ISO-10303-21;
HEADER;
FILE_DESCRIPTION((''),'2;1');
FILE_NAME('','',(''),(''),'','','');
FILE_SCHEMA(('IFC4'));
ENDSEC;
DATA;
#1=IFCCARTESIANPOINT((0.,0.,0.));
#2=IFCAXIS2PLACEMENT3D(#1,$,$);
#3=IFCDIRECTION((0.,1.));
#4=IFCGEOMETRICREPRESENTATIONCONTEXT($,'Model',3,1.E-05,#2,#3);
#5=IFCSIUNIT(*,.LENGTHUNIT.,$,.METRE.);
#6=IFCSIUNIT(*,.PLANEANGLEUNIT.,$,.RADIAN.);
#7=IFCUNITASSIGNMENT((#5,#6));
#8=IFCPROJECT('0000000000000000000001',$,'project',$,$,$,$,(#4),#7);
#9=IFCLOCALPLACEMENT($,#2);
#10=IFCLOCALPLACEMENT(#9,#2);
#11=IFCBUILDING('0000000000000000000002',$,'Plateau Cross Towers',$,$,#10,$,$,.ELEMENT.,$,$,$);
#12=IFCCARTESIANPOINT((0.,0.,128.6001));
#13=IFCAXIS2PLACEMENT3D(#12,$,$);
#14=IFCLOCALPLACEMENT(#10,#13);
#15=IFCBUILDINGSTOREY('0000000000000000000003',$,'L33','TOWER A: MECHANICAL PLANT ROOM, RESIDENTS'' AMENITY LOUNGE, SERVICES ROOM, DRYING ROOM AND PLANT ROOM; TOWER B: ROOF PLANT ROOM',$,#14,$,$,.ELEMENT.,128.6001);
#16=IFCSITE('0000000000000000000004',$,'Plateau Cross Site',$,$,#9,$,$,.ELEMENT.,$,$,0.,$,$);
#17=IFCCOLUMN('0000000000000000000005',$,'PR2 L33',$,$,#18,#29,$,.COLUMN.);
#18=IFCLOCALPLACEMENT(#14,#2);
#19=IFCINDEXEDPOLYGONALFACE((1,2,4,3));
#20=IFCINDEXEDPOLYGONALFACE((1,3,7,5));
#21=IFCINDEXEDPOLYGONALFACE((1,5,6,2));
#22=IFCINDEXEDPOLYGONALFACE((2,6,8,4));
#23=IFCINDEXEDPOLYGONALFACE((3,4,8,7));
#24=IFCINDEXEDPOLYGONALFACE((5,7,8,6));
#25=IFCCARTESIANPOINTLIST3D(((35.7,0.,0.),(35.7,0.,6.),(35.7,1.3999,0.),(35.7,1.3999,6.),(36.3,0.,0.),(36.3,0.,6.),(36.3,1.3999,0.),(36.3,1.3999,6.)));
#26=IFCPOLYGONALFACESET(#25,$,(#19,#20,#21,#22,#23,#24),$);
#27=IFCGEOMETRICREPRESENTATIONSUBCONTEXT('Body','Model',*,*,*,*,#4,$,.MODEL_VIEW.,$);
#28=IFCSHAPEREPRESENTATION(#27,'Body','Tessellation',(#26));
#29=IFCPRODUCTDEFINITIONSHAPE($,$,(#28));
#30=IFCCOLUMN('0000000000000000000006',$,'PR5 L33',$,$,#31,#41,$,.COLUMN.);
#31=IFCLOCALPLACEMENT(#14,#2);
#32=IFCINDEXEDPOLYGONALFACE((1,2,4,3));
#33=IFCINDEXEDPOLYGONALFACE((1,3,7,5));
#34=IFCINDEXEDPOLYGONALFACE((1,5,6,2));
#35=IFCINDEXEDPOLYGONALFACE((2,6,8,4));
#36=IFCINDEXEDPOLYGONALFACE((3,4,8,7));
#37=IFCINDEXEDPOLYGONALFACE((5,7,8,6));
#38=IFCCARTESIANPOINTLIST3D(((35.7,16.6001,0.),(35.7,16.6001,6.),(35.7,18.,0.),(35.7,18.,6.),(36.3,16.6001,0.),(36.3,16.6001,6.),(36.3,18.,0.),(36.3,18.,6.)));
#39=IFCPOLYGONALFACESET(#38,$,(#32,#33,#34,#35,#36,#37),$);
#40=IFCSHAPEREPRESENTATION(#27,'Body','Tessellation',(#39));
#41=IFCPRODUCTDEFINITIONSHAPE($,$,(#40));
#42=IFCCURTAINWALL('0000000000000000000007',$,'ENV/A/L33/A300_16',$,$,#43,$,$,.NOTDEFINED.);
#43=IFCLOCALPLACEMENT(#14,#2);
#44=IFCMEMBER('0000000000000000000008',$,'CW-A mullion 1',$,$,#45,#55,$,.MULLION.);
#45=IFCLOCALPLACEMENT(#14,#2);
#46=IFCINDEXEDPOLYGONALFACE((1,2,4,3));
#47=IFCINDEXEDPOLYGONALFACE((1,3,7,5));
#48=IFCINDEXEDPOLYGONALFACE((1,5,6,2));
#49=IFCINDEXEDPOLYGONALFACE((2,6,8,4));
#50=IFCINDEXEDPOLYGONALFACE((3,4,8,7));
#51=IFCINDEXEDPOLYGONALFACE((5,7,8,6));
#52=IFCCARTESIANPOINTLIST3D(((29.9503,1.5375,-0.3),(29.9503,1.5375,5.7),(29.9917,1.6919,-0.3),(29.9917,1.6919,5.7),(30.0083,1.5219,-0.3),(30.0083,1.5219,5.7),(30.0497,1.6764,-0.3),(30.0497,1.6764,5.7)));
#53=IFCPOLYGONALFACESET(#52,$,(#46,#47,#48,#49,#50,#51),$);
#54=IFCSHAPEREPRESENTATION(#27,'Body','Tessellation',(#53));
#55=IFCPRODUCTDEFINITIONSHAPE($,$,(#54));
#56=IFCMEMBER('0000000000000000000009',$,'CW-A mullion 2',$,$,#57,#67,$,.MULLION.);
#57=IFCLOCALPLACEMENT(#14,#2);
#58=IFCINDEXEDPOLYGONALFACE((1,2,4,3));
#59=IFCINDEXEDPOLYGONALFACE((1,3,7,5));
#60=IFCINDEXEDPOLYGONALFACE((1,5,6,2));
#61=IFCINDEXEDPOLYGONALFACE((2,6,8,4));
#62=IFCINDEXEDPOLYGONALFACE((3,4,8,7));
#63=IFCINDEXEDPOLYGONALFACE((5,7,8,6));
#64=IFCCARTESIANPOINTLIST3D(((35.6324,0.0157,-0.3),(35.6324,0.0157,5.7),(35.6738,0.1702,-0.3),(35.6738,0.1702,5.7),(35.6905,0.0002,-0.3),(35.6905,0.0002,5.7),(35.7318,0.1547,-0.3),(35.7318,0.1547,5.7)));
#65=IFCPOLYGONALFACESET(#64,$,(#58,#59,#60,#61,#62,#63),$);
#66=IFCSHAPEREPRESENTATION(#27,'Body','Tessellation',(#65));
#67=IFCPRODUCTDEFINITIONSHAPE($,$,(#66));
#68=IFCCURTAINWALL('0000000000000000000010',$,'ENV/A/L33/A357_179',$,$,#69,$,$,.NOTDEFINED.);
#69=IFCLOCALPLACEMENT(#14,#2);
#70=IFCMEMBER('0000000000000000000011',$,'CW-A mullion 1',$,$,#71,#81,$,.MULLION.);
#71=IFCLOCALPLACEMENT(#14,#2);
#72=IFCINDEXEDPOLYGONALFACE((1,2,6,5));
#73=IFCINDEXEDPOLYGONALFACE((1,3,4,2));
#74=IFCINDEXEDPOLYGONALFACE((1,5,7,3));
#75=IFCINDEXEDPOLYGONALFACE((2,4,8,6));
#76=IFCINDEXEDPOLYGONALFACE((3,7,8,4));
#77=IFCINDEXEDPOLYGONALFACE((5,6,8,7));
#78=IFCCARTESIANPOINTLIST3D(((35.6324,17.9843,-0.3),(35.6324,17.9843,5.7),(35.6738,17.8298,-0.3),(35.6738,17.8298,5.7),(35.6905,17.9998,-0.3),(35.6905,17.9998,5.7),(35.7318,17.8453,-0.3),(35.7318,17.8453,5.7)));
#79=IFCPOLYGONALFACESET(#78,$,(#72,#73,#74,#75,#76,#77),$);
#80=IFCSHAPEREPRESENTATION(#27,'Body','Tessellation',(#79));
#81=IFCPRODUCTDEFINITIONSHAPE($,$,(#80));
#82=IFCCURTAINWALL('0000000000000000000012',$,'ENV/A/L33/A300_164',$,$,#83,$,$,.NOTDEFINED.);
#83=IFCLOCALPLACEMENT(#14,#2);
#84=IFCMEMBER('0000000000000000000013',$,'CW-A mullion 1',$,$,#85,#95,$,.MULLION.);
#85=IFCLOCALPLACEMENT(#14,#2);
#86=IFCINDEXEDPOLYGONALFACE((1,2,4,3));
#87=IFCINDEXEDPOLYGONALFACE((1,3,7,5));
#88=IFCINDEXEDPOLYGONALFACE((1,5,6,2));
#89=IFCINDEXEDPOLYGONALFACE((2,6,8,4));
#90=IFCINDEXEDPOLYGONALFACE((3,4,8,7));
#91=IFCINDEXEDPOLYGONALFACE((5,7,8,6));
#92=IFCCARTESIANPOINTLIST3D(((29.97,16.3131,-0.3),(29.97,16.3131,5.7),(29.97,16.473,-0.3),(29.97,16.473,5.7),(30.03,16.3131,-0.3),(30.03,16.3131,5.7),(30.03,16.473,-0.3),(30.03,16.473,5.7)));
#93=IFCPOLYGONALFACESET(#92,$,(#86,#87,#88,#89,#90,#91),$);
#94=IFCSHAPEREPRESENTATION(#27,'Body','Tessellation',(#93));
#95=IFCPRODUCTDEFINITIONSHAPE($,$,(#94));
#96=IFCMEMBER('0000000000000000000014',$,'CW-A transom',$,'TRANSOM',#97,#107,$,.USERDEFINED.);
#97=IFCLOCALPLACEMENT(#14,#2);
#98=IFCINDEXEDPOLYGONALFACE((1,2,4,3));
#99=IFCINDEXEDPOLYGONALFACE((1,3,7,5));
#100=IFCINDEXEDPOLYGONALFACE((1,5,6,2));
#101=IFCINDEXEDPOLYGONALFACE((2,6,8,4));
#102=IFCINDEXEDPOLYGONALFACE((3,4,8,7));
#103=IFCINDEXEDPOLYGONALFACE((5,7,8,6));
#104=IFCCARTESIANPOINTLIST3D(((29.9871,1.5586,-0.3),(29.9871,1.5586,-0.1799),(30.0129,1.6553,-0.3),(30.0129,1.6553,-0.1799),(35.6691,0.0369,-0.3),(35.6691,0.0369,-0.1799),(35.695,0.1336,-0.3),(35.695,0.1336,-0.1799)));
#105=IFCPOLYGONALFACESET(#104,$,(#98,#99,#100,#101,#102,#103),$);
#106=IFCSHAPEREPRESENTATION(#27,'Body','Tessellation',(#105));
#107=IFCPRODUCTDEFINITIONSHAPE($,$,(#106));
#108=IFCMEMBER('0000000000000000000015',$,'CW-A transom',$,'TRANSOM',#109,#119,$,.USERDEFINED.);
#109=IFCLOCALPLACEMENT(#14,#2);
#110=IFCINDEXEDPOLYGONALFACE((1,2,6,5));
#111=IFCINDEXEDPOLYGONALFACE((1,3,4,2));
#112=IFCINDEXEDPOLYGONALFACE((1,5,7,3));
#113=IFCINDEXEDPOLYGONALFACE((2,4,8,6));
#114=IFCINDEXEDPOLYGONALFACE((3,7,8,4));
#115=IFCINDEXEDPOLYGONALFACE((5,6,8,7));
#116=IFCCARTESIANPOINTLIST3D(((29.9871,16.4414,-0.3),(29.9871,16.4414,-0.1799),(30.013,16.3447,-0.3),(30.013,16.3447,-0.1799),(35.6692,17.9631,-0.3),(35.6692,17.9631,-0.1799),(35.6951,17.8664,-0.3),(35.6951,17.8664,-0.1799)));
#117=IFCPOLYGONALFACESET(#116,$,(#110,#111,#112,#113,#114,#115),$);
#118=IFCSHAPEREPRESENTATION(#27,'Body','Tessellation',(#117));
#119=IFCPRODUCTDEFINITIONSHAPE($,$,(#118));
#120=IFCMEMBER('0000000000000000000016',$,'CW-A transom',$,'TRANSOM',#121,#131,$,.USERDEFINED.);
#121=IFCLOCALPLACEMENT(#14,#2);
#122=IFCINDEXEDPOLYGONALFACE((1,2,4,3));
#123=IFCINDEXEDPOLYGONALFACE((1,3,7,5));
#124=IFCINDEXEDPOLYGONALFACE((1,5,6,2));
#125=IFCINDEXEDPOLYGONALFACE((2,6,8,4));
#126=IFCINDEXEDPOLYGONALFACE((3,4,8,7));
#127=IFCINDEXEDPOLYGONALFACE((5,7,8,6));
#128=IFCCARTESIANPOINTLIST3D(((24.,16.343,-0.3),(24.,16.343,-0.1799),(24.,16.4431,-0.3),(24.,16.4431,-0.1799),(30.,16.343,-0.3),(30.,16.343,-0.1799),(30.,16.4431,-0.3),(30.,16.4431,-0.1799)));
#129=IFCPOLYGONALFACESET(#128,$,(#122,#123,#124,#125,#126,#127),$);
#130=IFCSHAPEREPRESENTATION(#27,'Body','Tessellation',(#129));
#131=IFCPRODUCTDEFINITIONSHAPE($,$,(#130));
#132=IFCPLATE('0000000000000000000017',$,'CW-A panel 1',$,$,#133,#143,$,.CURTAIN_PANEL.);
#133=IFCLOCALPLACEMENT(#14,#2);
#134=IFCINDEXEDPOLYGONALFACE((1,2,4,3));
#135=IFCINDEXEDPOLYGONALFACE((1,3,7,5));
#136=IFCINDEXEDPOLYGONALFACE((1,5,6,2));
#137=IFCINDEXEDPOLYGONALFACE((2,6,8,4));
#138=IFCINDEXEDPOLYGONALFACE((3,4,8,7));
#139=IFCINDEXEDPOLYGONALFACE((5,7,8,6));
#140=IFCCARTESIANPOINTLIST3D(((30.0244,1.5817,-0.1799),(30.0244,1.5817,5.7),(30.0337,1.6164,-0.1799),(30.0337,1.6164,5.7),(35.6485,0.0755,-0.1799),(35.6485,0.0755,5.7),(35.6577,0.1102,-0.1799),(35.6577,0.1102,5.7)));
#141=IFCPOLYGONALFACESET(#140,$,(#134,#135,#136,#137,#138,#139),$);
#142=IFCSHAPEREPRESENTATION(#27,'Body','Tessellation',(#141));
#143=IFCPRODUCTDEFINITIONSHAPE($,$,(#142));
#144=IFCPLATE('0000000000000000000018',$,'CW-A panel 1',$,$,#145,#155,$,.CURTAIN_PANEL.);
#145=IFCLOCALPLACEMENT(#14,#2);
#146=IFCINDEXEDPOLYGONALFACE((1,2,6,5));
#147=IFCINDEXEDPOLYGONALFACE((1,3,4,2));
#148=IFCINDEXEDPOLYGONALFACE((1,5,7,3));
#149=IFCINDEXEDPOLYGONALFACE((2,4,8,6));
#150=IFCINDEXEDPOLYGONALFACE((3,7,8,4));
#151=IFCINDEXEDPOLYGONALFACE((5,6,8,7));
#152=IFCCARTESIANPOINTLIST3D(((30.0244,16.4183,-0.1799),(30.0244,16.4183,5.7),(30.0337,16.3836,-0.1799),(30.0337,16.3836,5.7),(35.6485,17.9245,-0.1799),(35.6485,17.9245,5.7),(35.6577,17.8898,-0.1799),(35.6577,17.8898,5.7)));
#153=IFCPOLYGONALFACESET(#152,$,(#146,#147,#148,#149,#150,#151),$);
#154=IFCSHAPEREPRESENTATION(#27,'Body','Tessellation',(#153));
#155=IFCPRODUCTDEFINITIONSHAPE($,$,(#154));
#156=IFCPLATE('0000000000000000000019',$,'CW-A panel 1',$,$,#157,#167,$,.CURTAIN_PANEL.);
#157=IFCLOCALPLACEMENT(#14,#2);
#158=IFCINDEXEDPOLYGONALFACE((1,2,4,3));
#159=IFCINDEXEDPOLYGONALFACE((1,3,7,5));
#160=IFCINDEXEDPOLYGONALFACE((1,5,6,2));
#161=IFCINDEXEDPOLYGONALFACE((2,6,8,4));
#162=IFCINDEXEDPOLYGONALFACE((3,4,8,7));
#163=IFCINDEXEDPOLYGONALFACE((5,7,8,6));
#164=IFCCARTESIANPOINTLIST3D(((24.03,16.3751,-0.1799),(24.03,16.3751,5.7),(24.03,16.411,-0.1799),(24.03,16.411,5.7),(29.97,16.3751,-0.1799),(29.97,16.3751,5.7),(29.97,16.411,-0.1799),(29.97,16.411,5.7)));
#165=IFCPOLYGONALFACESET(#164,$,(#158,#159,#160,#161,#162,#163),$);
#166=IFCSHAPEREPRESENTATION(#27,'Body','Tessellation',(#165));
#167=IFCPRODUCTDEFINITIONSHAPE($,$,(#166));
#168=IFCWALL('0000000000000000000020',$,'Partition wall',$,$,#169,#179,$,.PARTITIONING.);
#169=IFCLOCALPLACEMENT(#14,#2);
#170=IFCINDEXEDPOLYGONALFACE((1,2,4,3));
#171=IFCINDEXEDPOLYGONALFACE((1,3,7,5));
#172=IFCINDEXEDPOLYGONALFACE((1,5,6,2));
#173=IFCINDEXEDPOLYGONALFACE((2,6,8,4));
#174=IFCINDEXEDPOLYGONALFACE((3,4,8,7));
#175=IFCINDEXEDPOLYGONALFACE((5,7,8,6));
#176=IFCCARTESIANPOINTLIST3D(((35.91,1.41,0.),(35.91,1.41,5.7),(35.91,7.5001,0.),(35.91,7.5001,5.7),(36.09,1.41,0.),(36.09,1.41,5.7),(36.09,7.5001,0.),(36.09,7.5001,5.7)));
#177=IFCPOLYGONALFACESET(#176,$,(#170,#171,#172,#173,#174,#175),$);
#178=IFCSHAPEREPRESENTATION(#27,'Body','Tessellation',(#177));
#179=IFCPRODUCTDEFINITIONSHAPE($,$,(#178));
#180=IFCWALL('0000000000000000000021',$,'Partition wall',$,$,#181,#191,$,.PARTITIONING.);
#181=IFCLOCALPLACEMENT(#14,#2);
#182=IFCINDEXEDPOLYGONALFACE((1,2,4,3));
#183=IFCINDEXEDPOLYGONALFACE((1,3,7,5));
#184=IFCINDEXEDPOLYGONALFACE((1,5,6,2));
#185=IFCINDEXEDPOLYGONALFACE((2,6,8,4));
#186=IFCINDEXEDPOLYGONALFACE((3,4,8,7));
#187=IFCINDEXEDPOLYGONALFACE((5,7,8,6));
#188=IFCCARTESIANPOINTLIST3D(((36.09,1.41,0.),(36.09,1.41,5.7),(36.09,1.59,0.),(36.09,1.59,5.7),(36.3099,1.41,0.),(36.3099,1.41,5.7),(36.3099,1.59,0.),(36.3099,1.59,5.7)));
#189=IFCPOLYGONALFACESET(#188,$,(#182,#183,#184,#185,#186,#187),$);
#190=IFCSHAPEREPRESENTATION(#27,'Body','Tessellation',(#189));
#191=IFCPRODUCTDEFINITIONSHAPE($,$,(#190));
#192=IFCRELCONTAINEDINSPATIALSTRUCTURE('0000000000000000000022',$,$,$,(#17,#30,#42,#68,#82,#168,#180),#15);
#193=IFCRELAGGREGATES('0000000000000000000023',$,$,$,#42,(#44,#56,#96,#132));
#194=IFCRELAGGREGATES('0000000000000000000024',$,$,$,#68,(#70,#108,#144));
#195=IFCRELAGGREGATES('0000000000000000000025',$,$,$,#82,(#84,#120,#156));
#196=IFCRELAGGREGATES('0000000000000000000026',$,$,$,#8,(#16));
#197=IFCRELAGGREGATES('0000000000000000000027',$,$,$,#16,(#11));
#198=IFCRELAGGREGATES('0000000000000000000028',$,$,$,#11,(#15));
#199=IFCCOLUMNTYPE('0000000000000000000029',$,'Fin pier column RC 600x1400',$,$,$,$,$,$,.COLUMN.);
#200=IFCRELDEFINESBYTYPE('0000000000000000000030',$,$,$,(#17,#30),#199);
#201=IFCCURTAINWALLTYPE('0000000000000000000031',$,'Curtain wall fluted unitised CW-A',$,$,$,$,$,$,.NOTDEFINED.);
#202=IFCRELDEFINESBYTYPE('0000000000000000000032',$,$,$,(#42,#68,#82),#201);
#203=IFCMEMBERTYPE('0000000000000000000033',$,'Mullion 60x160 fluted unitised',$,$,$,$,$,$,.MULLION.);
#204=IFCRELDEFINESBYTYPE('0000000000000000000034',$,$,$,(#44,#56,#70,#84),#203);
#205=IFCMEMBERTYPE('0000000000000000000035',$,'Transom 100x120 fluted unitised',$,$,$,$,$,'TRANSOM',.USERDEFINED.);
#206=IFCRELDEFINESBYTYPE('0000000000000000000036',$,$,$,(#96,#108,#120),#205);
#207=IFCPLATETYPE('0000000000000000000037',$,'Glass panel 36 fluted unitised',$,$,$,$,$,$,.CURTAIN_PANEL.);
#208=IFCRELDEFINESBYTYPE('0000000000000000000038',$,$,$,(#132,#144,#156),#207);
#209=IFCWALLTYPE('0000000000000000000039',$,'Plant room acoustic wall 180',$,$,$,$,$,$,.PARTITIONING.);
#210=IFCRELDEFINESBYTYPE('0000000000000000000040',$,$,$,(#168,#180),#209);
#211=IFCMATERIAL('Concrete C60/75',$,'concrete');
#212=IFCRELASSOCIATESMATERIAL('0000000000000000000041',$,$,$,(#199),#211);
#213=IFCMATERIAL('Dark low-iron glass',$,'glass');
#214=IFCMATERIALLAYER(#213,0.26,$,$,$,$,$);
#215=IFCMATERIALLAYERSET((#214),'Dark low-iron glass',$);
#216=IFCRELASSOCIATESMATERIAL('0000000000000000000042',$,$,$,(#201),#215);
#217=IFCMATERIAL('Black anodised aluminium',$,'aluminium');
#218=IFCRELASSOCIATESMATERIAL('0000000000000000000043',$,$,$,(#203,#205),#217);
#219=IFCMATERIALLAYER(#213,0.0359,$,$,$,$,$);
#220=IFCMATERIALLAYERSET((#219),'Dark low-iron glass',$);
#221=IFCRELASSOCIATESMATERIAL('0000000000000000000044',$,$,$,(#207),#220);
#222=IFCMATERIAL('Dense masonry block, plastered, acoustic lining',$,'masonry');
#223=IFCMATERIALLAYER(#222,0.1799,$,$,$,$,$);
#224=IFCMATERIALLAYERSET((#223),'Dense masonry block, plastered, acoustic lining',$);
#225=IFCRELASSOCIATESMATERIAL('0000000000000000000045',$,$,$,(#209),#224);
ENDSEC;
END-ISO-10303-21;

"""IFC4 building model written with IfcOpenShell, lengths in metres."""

from ifc_helpers import new_model, si_unit, direction, frame, frame_2d, origin, origin_2d, place, context, subcontext, project, spatial, rectangle, extrude, material, layer, layer_set, material_profile, profile_set, type_object, element, aggregate, save


model = new_model("IFC4")

# Units and contexts
model_context = context("Model", 3, precision=1e-05, world=origin(), true_north=direction((0.0, 1.0)))
body_context = subcontext(model_context, "Body", "Model", "MODEL_VIEW")
ifc_project = project(units=[si_unit("LENGTHUNIT", "METRE"), si_unit("PLANEANGLEUNIT", "RADIAN")], contexts=[model_context])

# Site, building, storey
site_placement = place(None, origin())
site = spatial("IfcSite", under=ifc_project, at=site_placement, Name="Plateau Cross Site", CompositionType="ELEMENT", RefElevation=0.0)
building_placement = place(site_placement, origin())
building = spatial("IfcBuilding", under=site, at=building_placement, Name="Plateau Cross Towers", CompositionType="ELEMENT")
storey_placement = place(building_placement, frame((0.0, 0.0, 128.6001)))
storey = spatial("IfcBuildingStorey", under=building, at=storey_placement, Name="L33", Description="TOWER A: MECHANICAL PLANT ROOM, RESIDENTS' AMENITY LOUNGE, SERVICES ROOM, DRYING ROOM AND PLANT ROOM; TOWER B: ROOF PLANT ROOM", CompositionType="ELEMENT", Elevation=128.6001)

# Columns
ifc_material_1 = material(Name="Concrete C60/75", Category="concrete")
ifc_material_profile_1 = material_profile(ifc_material_1, rectangle(XDim=0.6001, YDim=1.3999, at=origin_2d()), Name="RC 600x1400")
ifc_profile_set_1 = profile_set([ifc_material_profile_1], Name="Concrete C60/75")
column_type = type_object("IfcColumnType", Name="Fin pier column RC 600x1400", PredefinedType="COLUMN", material=ifc_profile_set_1)
for number, where, z_axis, x_axis, name in (
    (1, (36.0, 0.7, 0.0), (0.0, 0.0, 1.0), (1.0, 0.0, 0.0), "PR2 L33"),
    (2, (36.0, 17.3, 0.0), (0.0, 0.0, 1.0), (1.0, 0.0, 0.0), "PR5 L33"),
):
    element("IfcColumn", number, at=place(storey_placement, frame(where, z_axis=z_axis, x_axis=x_axis)), inside=storey, type_object=column_type, Name=name, PredefinedType="COLUMN", context=body_context, shape_type="SweptSolid", body=[
        extrude(rectangle(XDim=0.6001, YDim=1.3999, at=origin_2d()), origin(), (0.0, 0.0, 1.0), 6.0),
    ])

# Curtain wall, members
ifc_material_2 = material(Name="Dark low-iron glass", Category="glass")
ifc_layer_1 = layer(ifc_material_2, 0.26)
ifc_layer_set_1 = layer_set([ifc_layer_1], Name="Dark low-iron glass")
curtain_wall_type = type_object("IfcCurtainWallType", Name="Curtain wall fluted unitised CW-A", PredefinedType="NOTDEFINED", material=ifc_layer_set_1)
curtain_wall_1_placement = place(storey_placement, origin())
curtain_wall_1 = element("IfcCurtainWall", 3, at=curtain_wall_1_placement, inside=storey, type_object=curtain_wall_type, Name="ENV/A/L33/A300_16", PredefinedType="NOTDEFINED")
ifc_material_3 = material(Name="Black anodised aluminium", Category="aluminium")
ifc_material_profile_2 = material_profile(ifc_material_3, rectangle(XDim=0.0601, YDim=0.1599, at=origin_2d()), Name="MULLION 60x160")
ifc_profile_set_2 = profile_set([ifc_material_profile_2], Name="Black anodised aluminium")
member_type_1 = type_object("IfcMemberType", Name="Mullion 60x160 fluted unitised", PredefinedType="MULLION", material=ifc_profile_set_2)
member_1_placement = place(storey_placement, frame((30.0, 1.6069, -0.3), z_axis=(0.0, 0.0, 1.0), x_axis=(0.965958, -0.258699, 0.0)))
member_1 = element("IfcMember", 4, at=member_1_placement, type_object=member_type_1, Name="CW-A mullion 1", PredefinedType="MULLION", context=body_context, shape_type="SweptSolid", body=[
    extrude(rectangle(XDim=0.0601, YDim=0.1599, at=origin_2d()), origin(), (0.0, 0.0, 1.0), 6.0),
])
member_2_placement = place(storey_placement, frame((35.6821, 0.0852, -0.3), z_axis=(0.0, 0.0, 1.0), x_axis=(0.965958, -0.258699, 0.0)))
member_2 = element("IfcMember", 5, at=member_2_placement, type_object=member_type_1, Name="CW-A mullion 2", PredefinedType="MULLION", context=body_context, shape_type="SweptSolid", body=[
    extrude(rectangle(XDim=0.0601, YDim=0.1599, at=origin_2d()), origin(), (0.0, 0.0, 1.0), 6.0),
])

# Curtain walls, members
curtain_wall_2_placement = place(storey_placement, origin())
curtain_wall_2 = element("IfcCurtainWall", 6, at=curtain_wall_2_placement, inside=storey, type_object=curtain_wall_type, Name="ENV/A/L33/A357_179", PredefinedType="NOTDEFINED")
member_3_placement = place(storey_placement, frame((35.6821, 17.9148, -0.3), z_axis=(0.0, 0.0, 1.0), x_axis=(-0.965958, -0.258699, 0.0)))
member_3 = element("IfcMember", 7, at=member_3_placement, type_object=member_type_1, Name="CW-A mullion 1", PredefinedType="MULLION", context=body_context, shape_type="SweptSolid", body=[
    extrude(rectangle(XDim=0.0601, YDim=0.1599, at=origin_2d()), origin(), (0.0, 0.0, 1.0), 6.0),
])
curtain_wall_3_placement = place(storey_placement, origin())
curtain_wall_3 = element("IfcCurtainWall", 8, at=curtain_wall_3_placement, inside=storey, type_object=curtain_wall_type, Name="ENV/A/L33/A300_164", PredefinedType="NOTDEFINED")
member_4_placement = place(storey_placement, frame((30.0, 16.3931, -0.3), z_axis=(0.0, 0.0, 1.0), x_axis=(-1.0, 0.0, 0.0)))
member_4 = element("IfcMember", 9, at=member_4_placement, type_object=member_type_1, Name="CW-A mullion 1", PredefinedType="MULLION", context=body_context, shape_type="SweptSolid", body=[
    extrude(rectangle(XDim=0.0601, YDim=0.1599, at=origin_2d()), origin(), (0.0, 0.0, 1.0), 6.0),
])

# Members
ifc_material_profile_3 = material_profile(ifc_material_3, rectangle(XDim=0.1001, YDim=0.1201, at=origin_2d()), Name="TRANSOM 100x120")
ifc_profile_set_3 = profile_set([ifc_material_profile_3], Name="Black anodised aluminium")
member_type_2 = type_object("IfcMemberType", Name="Transom 100x120 fluted unitised", ElementType="TRANSOM", PredefinedType="USERDEFINED", material=ifc_profile_set_3)
member_5_placement = place(storey_placement, frame((30.0, 1.6069, -0.24), z_axis=(0.96596, -0.258693, 0.0), x_axis=(0.258693, 0.96596, 0.0)))
member_5 = element("IfcMember", 10, at=member_5_placement, type_object=member_type_2, Name="CW-A transom", ObjectType="TRANSOM", PredefinedType="USERDEFINED", context=body_context, shape_type="SweptSolid", body=[
    extrude(rectangle(XDim=0.1001, YDim=0.1201, at=origin_2d()), origin(), (0.0, 0.0, 1.0), 5.8823),
])
member_6_placement = place(storey_placement, frame((35.6821, 17.9148, -0.24), z_axis=(-0.96596, -0.258693, 0.0), x_axis=(0.258693, -0.96596, 0.0)))
member_6 = element("IfcMember", 11, at=member_6_placement, type_object=member_type_2, Name="CW-A transom", ObjectType="TRANSOM", PredefinedType="USERDEFINED", context=body_context, shape_type="SweptSolid", body=[
    extrude(rectangle(XDim=0.1001, YDim=0.1201, at=origin_2d()), origin(), (0.0, 0.0, 1.0), 5.8823),
])
member_7_placement = place(storey_placement, frame((30.0, 16.3931, -0.24), z_axis=(-1.0, 0.0, 0.0), x_axis=(0.0, -1.0, 0.0)))
member_7 = element("IfcMember", 12, at=member_7_placement, type_object=member_type_2, Name="CW-A transom", ObjectType="TRANSOM", PredefinedType="USERDEFINED", context=body_context, shape_type="SweptSolid", body=[
    extrude(rectangle(XDim=0.1001, YDim=0.1201, at=origin_2d()), origin(), (0.0, 0.0, 1.0), 6.0),
])

# Plates
ifc_layer_2 = layer(ifc_material_2, 0.0359)
ifc_layer_set_2 = layer_set([ifc_layer_2], Name="Dark low-iron glass")
plate_type = type_object("IfcPlateType", Name="Glass panel 36 fluted unitised", PredefinedType="CURTAIN_PANEL", material=ifc_layer_set_2)
plate_1_placement = place(storey_placement, frame((32.8411, 0.8459, -0.1799), z_axis=(0.0, 0.0, 1.0), x_axis=(0.965958, -0.258699, 0.0)))
plate_1 = element("IfcPlate", 13, at=plate_1_placement, type_object=plate_type, Name="CW-A panel 1", PredefinedType="CURTAIN_PANEL", context=body_context, shape_type="SweptSolid", body=[
    extrude(rectangle(XDim=5.8223, YDim=0.0359, at=origin_2d()), origin(), (0.0, 0.0, 1.0), 5.8799),
])
aggregate(curtain_wall_1, [member_1, member_2, member_5, plate_1])
plate_2_placement = place(storey_placement, frame((32.8411, 17.1541, -0.1799), z_axis=(0.0, 0.0, 1.0), x_axis=(-0.965958, -0.258699, 0.0)))
plate_2 = element("IfcPlate", 14, at=plate_2_placement, type_object=plate_type, Name="CW-A panel 1", PredefinedType="CURTAIN_PANEL", context=body_context, shape_type="SweptSolid", body=[
    extrude(rectangle(XDim=5.8223, YDim=0.0359, at=origin_2d()), origin(), (0.0, 0.0, 1.0), 5.8799),
])
aggregate(curtain_wall_2, [member_3, member_6, plate_2])
plate_3_placement = place(storey_placement, frame((27.0, 16.3931, -0.1799), z_axis=(0.0, 0.0, 1.0), x_axis=(-1.0, 0.0, 0.0)))
plate_3 = element("IfcPlate", 15, at=plate_3_placement, type_object=plate_type, Name="CW-A panel 1", PredefinedType="CURTAIN_PANEL", context=body_context, shape_type="SweptSolid", body=[
    extrude(rectangle(XDim=5.9399, YDim=0.0359, at=origin_2d()), origin(), (0.0, 0.0, 1.0), 5.8799),
])
aggregate(curtain_wall_3, [member_4, member_7, plate_3])

# Walls
ifc_material_4 = material(Name="Dense masonry block, plastered, acoustic lining", Category="masonry")
ifc_layer_3 = layer(ifc_material_4, 0.1799)
ifc_layer_set_3 = layer_set([ifc_layer_3], Name="Dense masonry block, plastered, acoustic lining")
wall_type_1 = type_object("IfcWallType", Name="Plant room acoustic wall 180", PredefinedType="PARTITIONING", material=ifc_layer_set_3)
wall_1_placement = place(storey_placement, frame((36.0, 7.5, 0.0), z_axis=(0.0, 0.0, 1.0), x_axis=(0.0, -1.0, 0.0)))
element("IfcWall", 16, at=wall_1_placement, inside=storey, type_object=wall_type_1, Name="Partition wall", PredefinedType="PARTITIONING", context=body_context, shape_type="SweptSolid", body=[
    extrude(rectangle(XDim=6.0901, YDim=0.1799, at=frame_2d((3.0449, 0.0))), origin(), (0.0, 0.0, 1.0), 5.7),
])
wall_2_placement = place(storey_placement, frame((36.0901, 1.5, 0.0), z_axis=(0.0, 0.0, 1.0), x_axis=(1.0, 0.0, 0.0)))
element("IfcWall", 17, at=wall_2_placement, inside=storey, type_object=wall_type_1, Name="Partition wall", PredefinedType="PARTITIONING", context=body_context, shape_type="SweptSolid", body=[
    extrude(rectangle(XDim=0.22, YDim=0.1799, at=frame_2d((0.1099, 0.0))), origin(), (0.0, 0.0, 1.0), 5.7),
])

save(model, "model.ifc")
